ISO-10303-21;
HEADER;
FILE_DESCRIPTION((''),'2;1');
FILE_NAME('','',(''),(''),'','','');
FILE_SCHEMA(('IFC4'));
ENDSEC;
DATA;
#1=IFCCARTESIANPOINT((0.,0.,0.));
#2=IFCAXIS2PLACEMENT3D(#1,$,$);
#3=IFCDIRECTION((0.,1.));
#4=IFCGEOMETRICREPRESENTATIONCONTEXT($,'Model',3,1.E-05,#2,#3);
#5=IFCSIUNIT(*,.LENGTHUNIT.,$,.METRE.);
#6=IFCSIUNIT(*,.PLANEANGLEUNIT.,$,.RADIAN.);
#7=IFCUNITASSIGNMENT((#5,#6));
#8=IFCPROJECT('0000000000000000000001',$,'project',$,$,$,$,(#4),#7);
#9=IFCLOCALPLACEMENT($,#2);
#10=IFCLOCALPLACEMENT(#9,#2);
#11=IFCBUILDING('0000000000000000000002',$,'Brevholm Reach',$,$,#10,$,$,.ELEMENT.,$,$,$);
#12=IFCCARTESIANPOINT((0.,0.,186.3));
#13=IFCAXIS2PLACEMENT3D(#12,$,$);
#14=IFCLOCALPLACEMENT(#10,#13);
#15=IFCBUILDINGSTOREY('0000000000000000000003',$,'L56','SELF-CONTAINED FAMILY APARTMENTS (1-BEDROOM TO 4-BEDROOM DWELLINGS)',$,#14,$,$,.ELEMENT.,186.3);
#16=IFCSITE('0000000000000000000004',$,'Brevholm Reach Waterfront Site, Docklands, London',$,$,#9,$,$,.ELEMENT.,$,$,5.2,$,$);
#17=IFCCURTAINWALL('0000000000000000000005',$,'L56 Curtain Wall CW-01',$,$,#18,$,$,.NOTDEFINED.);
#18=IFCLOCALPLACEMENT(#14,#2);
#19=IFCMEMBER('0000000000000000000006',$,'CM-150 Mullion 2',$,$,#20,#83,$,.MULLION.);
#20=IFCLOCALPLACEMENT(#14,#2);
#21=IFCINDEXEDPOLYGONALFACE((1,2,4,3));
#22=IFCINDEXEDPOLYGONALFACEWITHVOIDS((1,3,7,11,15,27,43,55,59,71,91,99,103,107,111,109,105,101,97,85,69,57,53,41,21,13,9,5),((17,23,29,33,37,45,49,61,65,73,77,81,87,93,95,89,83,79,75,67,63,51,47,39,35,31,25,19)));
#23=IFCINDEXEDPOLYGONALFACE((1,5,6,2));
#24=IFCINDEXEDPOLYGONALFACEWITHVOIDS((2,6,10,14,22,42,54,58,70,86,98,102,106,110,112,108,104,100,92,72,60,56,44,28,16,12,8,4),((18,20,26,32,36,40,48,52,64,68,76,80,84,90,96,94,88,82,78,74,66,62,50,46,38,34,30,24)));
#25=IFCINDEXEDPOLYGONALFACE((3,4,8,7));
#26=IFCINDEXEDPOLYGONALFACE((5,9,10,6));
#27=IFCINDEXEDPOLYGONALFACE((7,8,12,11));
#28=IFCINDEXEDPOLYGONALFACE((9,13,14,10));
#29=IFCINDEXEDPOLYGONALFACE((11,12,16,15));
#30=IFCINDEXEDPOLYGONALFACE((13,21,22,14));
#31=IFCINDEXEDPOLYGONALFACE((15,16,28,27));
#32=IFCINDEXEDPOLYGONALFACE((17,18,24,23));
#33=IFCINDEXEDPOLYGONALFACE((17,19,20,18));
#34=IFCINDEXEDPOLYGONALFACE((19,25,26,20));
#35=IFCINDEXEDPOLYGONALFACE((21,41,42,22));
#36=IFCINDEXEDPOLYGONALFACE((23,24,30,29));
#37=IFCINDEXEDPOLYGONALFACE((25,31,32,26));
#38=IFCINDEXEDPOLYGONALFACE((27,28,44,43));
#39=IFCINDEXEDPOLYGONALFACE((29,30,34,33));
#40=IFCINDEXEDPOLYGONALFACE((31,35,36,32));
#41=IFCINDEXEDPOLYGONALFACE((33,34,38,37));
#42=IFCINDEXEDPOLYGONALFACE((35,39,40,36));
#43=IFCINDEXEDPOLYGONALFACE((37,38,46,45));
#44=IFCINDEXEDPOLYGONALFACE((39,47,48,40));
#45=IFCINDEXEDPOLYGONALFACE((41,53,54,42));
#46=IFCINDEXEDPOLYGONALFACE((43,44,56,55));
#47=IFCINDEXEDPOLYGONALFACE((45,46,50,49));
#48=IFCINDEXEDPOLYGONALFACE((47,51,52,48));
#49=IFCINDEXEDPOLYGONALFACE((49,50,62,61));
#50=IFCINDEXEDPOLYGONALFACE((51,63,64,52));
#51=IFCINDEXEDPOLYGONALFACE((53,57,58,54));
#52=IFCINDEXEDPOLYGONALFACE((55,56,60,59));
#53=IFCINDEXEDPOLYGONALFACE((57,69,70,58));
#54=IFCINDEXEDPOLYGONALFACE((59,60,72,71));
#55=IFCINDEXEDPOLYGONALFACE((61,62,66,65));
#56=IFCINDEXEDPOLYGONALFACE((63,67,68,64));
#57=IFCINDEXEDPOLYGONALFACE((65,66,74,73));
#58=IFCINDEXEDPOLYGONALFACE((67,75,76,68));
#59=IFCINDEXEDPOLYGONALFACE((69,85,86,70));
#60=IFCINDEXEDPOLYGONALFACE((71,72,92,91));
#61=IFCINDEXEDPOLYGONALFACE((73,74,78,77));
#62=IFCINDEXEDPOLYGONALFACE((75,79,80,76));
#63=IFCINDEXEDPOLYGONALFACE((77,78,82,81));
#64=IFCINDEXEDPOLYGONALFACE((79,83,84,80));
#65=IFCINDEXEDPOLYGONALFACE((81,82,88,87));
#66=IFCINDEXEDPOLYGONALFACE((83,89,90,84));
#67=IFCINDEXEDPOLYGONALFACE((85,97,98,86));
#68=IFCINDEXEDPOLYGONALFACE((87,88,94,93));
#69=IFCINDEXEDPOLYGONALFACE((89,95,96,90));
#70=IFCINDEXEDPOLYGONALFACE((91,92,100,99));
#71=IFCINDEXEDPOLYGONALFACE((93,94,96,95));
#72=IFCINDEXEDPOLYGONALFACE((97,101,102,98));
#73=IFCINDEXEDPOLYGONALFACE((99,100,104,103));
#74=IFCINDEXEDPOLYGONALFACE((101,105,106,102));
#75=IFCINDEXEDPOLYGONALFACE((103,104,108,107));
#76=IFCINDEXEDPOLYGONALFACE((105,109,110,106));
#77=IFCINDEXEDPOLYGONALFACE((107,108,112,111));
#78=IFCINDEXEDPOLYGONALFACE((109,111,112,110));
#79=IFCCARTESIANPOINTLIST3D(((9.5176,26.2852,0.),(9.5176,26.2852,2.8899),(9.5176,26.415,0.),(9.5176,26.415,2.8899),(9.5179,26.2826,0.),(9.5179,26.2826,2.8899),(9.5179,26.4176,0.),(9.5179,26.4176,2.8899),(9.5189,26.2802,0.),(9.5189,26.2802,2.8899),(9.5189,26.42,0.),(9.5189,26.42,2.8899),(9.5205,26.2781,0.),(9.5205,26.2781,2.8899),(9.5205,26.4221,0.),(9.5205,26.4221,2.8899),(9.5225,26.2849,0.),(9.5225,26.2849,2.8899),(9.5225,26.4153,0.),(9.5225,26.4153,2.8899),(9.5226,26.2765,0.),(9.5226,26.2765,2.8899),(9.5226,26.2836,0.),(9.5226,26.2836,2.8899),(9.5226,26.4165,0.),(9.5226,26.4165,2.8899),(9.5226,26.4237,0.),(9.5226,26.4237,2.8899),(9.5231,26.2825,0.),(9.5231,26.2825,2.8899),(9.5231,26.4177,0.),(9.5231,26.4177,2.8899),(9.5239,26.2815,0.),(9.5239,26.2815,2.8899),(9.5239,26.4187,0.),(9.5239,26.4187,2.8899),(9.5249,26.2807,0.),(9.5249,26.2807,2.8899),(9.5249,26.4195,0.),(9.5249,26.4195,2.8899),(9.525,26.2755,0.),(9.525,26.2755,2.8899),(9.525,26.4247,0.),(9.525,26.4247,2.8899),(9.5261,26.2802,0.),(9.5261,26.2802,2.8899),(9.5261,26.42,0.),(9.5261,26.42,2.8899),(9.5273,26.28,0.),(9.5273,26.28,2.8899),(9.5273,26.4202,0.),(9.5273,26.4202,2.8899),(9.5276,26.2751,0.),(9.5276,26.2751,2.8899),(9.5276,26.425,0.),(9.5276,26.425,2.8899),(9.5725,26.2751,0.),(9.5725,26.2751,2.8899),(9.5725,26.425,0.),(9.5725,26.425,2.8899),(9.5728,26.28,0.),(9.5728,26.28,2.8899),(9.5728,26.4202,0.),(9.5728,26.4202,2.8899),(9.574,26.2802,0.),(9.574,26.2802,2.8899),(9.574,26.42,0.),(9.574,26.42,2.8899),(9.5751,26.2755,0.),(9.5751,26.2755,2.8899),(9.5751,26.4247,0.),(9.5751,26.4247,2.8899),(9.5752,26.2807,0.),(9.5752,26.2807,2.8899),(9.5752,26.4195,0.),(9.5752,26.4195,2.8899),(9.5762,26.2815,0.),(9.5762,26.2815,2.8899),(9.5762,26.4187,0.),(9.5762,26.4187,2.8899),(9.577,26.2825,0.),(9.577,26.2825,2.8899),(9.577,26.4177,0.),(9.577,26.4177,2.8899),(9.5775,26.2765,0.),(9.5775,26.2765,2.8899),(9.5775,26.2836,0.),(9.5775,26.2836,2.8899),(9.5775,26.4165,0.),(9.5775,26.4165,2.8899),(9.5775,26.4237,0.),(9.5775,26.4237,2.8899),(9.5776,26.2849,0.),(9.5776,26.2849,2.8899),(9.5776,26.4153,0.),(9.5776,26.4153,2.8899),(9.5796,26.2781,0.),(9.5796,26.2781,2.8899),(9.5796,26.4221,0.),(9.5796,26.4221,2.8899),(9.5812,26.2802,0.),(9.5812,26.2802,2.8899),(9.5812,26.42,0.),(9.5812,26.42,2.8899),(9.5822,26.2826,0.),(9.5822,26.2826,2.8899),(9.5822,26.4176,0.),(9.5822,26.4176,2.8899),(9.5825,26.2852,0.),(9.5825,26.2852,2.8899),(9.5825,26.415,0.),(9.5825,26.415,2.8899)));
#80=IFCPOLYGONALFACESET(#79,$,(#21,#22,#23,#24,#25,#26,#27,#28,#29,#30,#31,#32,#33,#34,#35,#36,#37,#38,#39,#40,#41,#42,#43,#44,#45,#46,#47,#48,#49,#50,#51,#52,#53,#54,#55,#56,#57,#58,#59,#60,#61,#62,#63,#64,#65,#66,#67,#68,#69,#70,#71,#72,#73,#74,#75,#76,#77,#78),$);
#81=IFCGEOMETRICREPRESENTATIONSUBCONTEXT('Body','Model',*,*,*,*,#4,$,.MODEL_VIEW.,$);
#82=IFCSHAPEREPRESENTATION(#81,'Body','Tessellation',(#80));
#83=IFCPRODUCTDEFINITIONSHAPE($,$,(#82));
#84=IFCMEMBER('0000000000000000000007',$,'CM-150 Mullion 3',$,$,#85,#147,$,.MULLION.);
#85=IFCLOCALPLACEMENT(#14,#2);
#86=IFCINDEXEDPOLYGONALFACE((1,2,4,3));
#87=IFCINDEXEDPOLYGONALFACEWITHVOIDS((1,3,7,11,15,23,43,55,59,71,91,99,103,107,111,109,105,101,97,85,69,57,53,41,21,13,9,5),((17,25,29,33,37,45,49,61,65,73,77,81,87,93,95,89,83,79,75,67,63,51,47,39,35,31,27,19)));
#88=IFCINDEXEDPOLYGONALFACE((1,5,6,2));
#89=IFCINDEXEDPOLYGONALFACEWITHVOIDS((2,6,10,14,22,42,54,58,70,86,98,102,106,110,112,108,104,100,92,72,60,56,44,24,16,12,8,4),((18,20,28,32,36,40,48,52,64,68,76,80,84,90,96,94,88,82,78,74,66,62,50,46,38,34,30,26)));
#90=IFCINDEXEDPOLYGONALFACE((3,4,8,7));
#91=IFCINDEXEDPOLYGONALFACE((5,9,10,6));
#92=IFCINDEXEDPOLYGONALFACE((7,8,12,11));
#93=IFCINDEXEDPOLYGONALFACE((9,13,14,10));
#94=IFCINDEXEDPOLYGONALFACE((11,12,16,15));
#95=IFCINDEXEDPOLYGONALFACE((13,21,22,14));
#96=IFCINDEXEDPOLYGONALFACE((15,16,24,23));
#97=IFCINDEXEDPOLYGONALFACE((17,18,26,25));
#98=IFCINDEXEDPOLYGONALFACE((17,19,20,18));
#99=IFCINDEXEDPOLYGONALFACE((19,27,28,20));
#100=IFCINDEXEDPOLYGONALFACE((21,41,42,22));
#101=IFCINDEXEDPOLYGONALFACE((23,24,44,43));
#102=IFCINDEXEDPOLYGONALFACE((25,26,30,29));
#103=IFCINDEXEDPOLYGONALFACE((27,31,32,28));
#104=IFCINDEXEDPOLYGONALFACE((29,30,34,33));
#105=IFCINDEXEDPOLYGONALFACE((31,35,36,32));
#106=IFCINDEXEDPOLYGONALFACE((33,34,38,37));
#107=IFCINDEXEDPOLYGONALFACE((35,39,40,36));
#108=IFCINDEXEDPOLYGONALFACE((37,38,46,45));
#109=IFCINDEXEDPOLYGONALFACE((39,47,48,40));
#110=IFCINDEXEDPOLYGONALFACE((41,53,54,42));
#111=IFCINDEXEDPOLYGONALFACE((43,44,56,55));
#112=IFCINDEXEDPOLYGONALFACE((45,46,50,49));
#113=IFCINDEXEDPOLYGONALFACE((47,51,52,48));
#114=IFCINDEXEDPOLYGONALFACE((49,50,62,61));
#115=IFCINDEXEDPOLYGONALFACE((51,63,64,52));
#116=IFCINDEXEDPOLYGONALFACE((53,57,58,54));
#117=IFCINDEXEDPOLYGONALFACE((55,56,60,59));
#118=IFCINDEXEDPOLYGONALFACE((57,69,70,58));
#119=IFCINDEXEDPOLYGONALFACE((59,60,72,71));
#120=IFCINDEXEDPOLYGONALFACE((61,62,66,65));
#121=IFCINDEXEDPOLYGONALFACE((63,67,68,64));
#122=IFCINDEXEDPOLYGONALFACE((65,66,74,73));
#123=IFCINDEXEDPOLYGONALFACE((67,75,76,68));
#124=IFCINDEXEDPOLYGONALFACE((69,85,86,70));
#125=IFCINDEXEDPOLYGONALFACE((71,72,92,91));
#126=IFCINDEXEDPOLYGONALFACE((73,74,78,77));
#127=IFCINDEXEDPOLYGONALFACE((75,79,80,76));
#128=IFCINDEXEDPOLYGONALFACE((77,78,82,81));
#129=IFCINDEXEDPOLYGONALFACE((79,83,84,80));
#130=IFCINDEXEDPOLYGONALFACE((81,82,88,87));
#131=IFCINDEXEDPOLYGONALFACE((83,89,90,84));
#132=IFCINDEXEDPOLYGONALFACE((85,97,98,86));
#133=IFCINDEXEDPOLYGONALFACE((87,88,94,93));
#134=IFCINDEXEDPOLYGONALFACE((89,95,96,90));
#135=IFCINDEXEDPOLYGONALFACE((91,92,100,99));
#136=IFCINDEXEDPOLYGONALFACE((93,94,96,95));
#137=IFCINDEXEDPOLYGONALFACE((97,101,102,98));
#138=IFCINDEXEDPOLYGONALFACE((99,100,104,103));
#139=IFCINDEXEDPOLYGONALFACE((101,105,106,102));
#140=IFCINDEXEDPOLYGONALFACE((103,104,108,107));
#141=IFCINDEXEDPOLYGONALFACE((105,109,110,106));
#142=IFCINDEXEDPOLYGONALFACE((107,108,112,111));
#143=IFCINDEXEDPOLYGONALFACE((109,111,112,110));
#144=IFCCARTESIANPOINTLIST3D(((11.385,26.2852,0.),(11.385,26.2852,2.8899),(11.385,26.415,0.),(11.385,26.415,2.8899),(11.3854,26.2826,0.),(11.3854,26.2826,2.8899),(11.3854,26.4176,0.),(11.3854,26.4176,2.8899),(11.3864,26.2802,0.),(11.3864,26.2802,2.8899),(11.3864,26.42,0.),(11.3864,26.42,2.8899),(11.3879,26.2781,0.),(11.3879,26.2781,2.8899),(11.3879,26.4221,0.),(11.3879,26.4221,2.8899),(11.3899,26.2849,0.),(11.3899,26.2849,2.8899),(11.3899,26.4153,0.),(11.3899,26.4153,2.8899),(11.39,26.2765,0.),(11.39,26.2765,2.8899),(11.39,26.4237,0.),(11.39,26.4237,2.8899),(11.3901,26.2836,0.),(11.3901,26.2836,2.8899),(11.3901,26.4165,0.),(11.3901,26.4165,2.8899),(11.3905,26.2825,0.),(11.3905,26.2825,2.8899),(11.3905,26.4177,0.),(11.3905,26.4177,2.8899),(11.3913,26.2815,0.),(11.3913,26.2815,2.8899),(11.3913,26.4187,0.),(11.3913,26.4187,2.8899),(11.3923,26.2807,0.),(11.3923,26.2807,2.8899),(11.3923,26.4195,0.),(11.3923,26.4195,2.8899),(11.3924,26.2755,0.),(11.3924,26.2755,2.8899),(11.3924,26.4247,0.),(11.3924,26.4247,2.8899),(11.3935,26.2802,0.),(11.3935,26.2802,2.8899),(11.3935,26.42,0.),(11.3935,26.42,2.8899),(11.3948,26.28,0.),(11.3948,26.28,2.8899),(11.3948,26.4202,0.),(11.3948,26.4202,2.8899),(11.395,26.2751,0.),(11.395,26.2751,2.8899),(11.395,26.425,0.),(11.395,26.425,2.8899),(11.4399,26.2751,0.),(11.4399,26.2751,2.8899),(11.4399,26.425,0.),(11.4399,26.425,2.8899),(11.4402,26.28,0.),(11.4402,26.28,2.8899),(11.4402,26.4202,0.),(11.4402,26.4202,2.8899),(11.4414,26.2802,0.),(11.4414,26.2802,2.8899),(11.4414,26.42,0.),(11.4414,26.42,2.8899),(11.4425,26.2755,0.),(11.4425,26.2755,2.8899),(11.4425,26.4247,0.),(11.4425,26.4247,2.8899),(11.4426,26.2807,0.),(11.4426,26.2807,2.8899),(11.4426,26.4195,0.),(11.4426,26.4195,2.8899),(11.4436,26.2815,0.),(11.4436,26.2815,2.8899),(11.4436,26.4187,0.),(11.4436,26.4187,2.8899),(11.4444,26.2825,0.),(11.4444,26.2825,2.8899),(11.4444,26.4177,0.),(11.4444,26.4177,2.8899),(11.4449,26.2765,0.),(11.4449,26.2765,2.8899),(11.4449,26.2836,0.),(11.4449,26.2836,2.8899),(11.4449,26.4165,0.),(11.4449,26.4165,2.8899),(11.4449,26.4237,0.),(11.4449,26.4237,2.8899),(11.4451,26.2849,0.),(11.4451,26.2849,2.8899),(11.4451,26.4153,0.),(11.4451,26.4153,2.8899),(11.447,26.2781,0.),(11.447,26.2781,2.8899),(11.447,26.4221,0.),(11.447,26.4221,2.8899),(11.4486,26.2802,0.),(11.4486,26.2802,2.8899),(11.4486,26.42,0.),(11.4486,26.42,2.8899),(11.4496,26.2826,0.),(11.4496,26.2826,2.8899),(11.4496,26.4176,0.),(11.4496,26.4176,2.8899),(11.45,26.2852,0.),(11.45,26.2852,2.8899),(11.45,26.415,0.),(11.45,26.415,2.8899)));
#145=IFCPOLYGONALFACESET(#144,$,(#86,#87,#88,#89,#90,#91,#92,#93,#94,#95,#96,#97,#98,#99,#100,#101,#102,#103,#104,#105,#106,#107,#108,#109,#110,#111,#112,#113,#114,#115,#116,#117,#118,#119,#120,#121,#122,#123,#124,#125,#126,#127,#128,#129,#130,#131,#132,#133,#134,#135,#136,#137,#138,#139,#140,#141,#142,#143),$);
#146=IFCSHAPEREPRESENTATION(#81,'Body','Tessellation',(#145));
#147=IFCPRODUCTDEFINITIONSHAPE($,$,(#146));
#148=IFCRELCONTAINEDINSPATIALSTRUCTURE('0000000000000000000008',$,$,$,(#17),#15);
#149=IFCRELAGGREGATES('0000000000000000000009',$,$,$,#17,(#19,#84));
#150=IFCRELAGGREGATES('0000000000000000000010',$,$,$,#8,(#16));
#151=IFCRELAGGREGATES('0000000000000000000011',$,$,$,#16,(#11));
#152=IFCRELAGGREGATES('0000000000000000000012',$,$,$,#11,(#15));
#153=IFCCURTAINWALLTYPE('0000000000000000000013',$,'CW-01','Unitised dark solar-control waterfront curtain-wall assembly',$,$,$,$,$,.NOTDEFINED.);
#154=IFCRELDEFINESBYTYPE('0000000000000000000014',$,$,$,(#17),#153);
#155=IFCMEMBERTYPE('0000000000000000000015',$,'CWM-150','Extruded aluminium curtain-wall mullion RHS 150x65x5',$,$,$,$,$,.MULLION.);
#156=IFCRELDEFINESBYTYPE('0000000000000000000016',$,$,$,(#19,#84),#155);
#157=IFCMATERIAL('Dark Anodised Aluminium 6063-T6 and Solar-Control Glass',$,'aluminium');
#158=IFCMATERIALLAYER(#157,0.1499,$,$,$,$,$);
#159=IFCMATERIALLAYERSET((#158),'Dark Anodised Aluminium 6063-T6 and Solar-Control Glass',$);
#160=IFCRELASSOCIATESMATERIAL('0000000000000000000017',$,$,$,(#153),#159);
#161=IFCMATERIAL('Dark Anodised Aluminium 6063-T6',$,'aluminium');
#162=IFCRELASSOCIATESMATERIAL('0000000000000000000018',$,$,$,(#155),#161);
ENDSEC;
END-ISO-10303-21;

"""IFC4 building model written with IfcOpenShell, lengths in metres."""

from ifc_helpers import new_model, si_unit, direction, frame, origin, origin_2d, place, context, subcontext, project, spatial, hollow_rectangle, extrude, material, layer, layer_set, material_profile, profile_set, type_object, element, aggregate, save


model = new_model("IFC4")

# Units and contexts
model_context = context("Model", 3, precision=1e-05, world=origin(), true_north=direction((0.0, 1.0)))
body_context = subcontext(model_context, "Body", "Model", "MODEL_VIEW")
ifc_project = project(units=[si_unit("LENGTHUNIT", "METRE"), si_unit("PLANEANGLEUNIT", "RADIAN")], contexts=[model_context])

# Site, building, storey
site_placement = place(None, origin())
site = spatial("IfcSite", under=ifc_project, at=site_placement, Name="Brevholm Reach Waterfront Site, Docklands, London", CompositionType="ELEMENT", RefElevation=5.2)
building_placement = place(site_placement, origin())
building = spatial("IfcBuilding", under=site, at=building_placement, Name="Brevholm Reach", CompositionType="ELEMENT")
storey_placement = place(building_placement, frame((0.0, 0.0, 186.3)))
storey = spatial("IfcBuildingStorey", under=building, at=storey_placement, Name="L56", Description="SELF-CONTAINED FAMILY APARTMENTS (1-BEDROOM TO 4-BEDROOM DWELLINGS)", CompositionType="ELEMENT", Elevation=186.3)

# Curtain wall, members
ifc_material_1 = material(Name="Dark Anodised Aluminium 6063-T6 and Solar-Control Glass", Category="aluminium")
ifc_layer_1 = layer(ifc_material_1, 0.1499)
ifc_layer_set_1 = layer_set([ifc_layer_1], Name="Dark Anodised Aluminium 6063-T6 and Solar-Control Glass")
curtain_wall_type = type_object("IfcCurtainWallType", Name="CW-01", Description="Unitised dark solar-control waterfront curtain-wall assembly", PredefinedType="NOTDEFINED", material=ifc_layer_set_1)
curtain_wall_placement = place(storey_placement, origin())
curtain_wall = element("IfcCurtainWall", 1, at=curtain_wall_placement, inside=storey, type_object=curtain_wall_type, Name="L56 Curtain Wall CW-01", PredefinedType="NOTDEFINED")
ifc_material_2 = material(Name="Dark Anodised Aluminium 6063-T6", Category="aluminium")
ifc_material_profile_1 = material_profile(ifc_material_2, hollow_rectangle(XDim=0.0649, YDim=0.1499, WallThickness=0.0049, InnerFilletRadius=0.0049, OuterFilletRadius=0.01, at=origin_2d()), Name="RHS 150x65x5")
ifc_profile_set_1 = profile_set([ifc_material_profile_1], Name="Dark Anodised Aluminium 6063-T6")
member_type_1 = type_object("IfcMemberType", Name="CWM-150", Description="Extruded aluminium curtain-wall mullion RHS 150x65x5", PredefinedType="MULLION", material=ifc_profile_set_1)
member_1_placement = place(storey_placement, frame((9.55, 26.3501, 0.0), z_axis=(0.0, 0.0, 1.0), x_axis=(1.0, 0.0, 0.0)))
member_1 = element("IfcMember", 2, at=member_1_placement, type_object=member_type_1, Name="CM-150 Mullion 2", PredefinedType="MULLION", context=body_context, shape_type="SweptSolid", body=[
    extrude(hollow_rectangle(XDim=0.0649, YDim=0.1499, WallThickness=0.0049, InnerFilletRadius=0.0049, OuterFilletRadius=0.01, at=origin_2d()), origin(), (0.0, 0.0, 1.0), 2.8899),
])
member_2_placement = place(storey_placement, frame((11.4175, 26.3501, 0.0), z_axis=(0.0, 0.0, 1.0), x_axis=(1.0, 0.0, 0.0)))
member_2 = element("IfcMember", 3, at=member_2_placement, type_object=member_type_1, Name="CM-150 Mullion 3", PredefinedType="MULLION", context=body_context, shape_type="SweptSolid", body=[
    extrude(hollow_rectangle(XDim=0.0649, YDim=0.1499, WallThickness=0.0049, InnerFilletRadius=0.0049, OuterFilletRadius=0.01, at=origin_2d()), origin(), (0.0, 0.0, 1.0), 2.8899),
])
aggregate(curtain_wall, [member_1, member_2])

save(model, "model.ifc")
